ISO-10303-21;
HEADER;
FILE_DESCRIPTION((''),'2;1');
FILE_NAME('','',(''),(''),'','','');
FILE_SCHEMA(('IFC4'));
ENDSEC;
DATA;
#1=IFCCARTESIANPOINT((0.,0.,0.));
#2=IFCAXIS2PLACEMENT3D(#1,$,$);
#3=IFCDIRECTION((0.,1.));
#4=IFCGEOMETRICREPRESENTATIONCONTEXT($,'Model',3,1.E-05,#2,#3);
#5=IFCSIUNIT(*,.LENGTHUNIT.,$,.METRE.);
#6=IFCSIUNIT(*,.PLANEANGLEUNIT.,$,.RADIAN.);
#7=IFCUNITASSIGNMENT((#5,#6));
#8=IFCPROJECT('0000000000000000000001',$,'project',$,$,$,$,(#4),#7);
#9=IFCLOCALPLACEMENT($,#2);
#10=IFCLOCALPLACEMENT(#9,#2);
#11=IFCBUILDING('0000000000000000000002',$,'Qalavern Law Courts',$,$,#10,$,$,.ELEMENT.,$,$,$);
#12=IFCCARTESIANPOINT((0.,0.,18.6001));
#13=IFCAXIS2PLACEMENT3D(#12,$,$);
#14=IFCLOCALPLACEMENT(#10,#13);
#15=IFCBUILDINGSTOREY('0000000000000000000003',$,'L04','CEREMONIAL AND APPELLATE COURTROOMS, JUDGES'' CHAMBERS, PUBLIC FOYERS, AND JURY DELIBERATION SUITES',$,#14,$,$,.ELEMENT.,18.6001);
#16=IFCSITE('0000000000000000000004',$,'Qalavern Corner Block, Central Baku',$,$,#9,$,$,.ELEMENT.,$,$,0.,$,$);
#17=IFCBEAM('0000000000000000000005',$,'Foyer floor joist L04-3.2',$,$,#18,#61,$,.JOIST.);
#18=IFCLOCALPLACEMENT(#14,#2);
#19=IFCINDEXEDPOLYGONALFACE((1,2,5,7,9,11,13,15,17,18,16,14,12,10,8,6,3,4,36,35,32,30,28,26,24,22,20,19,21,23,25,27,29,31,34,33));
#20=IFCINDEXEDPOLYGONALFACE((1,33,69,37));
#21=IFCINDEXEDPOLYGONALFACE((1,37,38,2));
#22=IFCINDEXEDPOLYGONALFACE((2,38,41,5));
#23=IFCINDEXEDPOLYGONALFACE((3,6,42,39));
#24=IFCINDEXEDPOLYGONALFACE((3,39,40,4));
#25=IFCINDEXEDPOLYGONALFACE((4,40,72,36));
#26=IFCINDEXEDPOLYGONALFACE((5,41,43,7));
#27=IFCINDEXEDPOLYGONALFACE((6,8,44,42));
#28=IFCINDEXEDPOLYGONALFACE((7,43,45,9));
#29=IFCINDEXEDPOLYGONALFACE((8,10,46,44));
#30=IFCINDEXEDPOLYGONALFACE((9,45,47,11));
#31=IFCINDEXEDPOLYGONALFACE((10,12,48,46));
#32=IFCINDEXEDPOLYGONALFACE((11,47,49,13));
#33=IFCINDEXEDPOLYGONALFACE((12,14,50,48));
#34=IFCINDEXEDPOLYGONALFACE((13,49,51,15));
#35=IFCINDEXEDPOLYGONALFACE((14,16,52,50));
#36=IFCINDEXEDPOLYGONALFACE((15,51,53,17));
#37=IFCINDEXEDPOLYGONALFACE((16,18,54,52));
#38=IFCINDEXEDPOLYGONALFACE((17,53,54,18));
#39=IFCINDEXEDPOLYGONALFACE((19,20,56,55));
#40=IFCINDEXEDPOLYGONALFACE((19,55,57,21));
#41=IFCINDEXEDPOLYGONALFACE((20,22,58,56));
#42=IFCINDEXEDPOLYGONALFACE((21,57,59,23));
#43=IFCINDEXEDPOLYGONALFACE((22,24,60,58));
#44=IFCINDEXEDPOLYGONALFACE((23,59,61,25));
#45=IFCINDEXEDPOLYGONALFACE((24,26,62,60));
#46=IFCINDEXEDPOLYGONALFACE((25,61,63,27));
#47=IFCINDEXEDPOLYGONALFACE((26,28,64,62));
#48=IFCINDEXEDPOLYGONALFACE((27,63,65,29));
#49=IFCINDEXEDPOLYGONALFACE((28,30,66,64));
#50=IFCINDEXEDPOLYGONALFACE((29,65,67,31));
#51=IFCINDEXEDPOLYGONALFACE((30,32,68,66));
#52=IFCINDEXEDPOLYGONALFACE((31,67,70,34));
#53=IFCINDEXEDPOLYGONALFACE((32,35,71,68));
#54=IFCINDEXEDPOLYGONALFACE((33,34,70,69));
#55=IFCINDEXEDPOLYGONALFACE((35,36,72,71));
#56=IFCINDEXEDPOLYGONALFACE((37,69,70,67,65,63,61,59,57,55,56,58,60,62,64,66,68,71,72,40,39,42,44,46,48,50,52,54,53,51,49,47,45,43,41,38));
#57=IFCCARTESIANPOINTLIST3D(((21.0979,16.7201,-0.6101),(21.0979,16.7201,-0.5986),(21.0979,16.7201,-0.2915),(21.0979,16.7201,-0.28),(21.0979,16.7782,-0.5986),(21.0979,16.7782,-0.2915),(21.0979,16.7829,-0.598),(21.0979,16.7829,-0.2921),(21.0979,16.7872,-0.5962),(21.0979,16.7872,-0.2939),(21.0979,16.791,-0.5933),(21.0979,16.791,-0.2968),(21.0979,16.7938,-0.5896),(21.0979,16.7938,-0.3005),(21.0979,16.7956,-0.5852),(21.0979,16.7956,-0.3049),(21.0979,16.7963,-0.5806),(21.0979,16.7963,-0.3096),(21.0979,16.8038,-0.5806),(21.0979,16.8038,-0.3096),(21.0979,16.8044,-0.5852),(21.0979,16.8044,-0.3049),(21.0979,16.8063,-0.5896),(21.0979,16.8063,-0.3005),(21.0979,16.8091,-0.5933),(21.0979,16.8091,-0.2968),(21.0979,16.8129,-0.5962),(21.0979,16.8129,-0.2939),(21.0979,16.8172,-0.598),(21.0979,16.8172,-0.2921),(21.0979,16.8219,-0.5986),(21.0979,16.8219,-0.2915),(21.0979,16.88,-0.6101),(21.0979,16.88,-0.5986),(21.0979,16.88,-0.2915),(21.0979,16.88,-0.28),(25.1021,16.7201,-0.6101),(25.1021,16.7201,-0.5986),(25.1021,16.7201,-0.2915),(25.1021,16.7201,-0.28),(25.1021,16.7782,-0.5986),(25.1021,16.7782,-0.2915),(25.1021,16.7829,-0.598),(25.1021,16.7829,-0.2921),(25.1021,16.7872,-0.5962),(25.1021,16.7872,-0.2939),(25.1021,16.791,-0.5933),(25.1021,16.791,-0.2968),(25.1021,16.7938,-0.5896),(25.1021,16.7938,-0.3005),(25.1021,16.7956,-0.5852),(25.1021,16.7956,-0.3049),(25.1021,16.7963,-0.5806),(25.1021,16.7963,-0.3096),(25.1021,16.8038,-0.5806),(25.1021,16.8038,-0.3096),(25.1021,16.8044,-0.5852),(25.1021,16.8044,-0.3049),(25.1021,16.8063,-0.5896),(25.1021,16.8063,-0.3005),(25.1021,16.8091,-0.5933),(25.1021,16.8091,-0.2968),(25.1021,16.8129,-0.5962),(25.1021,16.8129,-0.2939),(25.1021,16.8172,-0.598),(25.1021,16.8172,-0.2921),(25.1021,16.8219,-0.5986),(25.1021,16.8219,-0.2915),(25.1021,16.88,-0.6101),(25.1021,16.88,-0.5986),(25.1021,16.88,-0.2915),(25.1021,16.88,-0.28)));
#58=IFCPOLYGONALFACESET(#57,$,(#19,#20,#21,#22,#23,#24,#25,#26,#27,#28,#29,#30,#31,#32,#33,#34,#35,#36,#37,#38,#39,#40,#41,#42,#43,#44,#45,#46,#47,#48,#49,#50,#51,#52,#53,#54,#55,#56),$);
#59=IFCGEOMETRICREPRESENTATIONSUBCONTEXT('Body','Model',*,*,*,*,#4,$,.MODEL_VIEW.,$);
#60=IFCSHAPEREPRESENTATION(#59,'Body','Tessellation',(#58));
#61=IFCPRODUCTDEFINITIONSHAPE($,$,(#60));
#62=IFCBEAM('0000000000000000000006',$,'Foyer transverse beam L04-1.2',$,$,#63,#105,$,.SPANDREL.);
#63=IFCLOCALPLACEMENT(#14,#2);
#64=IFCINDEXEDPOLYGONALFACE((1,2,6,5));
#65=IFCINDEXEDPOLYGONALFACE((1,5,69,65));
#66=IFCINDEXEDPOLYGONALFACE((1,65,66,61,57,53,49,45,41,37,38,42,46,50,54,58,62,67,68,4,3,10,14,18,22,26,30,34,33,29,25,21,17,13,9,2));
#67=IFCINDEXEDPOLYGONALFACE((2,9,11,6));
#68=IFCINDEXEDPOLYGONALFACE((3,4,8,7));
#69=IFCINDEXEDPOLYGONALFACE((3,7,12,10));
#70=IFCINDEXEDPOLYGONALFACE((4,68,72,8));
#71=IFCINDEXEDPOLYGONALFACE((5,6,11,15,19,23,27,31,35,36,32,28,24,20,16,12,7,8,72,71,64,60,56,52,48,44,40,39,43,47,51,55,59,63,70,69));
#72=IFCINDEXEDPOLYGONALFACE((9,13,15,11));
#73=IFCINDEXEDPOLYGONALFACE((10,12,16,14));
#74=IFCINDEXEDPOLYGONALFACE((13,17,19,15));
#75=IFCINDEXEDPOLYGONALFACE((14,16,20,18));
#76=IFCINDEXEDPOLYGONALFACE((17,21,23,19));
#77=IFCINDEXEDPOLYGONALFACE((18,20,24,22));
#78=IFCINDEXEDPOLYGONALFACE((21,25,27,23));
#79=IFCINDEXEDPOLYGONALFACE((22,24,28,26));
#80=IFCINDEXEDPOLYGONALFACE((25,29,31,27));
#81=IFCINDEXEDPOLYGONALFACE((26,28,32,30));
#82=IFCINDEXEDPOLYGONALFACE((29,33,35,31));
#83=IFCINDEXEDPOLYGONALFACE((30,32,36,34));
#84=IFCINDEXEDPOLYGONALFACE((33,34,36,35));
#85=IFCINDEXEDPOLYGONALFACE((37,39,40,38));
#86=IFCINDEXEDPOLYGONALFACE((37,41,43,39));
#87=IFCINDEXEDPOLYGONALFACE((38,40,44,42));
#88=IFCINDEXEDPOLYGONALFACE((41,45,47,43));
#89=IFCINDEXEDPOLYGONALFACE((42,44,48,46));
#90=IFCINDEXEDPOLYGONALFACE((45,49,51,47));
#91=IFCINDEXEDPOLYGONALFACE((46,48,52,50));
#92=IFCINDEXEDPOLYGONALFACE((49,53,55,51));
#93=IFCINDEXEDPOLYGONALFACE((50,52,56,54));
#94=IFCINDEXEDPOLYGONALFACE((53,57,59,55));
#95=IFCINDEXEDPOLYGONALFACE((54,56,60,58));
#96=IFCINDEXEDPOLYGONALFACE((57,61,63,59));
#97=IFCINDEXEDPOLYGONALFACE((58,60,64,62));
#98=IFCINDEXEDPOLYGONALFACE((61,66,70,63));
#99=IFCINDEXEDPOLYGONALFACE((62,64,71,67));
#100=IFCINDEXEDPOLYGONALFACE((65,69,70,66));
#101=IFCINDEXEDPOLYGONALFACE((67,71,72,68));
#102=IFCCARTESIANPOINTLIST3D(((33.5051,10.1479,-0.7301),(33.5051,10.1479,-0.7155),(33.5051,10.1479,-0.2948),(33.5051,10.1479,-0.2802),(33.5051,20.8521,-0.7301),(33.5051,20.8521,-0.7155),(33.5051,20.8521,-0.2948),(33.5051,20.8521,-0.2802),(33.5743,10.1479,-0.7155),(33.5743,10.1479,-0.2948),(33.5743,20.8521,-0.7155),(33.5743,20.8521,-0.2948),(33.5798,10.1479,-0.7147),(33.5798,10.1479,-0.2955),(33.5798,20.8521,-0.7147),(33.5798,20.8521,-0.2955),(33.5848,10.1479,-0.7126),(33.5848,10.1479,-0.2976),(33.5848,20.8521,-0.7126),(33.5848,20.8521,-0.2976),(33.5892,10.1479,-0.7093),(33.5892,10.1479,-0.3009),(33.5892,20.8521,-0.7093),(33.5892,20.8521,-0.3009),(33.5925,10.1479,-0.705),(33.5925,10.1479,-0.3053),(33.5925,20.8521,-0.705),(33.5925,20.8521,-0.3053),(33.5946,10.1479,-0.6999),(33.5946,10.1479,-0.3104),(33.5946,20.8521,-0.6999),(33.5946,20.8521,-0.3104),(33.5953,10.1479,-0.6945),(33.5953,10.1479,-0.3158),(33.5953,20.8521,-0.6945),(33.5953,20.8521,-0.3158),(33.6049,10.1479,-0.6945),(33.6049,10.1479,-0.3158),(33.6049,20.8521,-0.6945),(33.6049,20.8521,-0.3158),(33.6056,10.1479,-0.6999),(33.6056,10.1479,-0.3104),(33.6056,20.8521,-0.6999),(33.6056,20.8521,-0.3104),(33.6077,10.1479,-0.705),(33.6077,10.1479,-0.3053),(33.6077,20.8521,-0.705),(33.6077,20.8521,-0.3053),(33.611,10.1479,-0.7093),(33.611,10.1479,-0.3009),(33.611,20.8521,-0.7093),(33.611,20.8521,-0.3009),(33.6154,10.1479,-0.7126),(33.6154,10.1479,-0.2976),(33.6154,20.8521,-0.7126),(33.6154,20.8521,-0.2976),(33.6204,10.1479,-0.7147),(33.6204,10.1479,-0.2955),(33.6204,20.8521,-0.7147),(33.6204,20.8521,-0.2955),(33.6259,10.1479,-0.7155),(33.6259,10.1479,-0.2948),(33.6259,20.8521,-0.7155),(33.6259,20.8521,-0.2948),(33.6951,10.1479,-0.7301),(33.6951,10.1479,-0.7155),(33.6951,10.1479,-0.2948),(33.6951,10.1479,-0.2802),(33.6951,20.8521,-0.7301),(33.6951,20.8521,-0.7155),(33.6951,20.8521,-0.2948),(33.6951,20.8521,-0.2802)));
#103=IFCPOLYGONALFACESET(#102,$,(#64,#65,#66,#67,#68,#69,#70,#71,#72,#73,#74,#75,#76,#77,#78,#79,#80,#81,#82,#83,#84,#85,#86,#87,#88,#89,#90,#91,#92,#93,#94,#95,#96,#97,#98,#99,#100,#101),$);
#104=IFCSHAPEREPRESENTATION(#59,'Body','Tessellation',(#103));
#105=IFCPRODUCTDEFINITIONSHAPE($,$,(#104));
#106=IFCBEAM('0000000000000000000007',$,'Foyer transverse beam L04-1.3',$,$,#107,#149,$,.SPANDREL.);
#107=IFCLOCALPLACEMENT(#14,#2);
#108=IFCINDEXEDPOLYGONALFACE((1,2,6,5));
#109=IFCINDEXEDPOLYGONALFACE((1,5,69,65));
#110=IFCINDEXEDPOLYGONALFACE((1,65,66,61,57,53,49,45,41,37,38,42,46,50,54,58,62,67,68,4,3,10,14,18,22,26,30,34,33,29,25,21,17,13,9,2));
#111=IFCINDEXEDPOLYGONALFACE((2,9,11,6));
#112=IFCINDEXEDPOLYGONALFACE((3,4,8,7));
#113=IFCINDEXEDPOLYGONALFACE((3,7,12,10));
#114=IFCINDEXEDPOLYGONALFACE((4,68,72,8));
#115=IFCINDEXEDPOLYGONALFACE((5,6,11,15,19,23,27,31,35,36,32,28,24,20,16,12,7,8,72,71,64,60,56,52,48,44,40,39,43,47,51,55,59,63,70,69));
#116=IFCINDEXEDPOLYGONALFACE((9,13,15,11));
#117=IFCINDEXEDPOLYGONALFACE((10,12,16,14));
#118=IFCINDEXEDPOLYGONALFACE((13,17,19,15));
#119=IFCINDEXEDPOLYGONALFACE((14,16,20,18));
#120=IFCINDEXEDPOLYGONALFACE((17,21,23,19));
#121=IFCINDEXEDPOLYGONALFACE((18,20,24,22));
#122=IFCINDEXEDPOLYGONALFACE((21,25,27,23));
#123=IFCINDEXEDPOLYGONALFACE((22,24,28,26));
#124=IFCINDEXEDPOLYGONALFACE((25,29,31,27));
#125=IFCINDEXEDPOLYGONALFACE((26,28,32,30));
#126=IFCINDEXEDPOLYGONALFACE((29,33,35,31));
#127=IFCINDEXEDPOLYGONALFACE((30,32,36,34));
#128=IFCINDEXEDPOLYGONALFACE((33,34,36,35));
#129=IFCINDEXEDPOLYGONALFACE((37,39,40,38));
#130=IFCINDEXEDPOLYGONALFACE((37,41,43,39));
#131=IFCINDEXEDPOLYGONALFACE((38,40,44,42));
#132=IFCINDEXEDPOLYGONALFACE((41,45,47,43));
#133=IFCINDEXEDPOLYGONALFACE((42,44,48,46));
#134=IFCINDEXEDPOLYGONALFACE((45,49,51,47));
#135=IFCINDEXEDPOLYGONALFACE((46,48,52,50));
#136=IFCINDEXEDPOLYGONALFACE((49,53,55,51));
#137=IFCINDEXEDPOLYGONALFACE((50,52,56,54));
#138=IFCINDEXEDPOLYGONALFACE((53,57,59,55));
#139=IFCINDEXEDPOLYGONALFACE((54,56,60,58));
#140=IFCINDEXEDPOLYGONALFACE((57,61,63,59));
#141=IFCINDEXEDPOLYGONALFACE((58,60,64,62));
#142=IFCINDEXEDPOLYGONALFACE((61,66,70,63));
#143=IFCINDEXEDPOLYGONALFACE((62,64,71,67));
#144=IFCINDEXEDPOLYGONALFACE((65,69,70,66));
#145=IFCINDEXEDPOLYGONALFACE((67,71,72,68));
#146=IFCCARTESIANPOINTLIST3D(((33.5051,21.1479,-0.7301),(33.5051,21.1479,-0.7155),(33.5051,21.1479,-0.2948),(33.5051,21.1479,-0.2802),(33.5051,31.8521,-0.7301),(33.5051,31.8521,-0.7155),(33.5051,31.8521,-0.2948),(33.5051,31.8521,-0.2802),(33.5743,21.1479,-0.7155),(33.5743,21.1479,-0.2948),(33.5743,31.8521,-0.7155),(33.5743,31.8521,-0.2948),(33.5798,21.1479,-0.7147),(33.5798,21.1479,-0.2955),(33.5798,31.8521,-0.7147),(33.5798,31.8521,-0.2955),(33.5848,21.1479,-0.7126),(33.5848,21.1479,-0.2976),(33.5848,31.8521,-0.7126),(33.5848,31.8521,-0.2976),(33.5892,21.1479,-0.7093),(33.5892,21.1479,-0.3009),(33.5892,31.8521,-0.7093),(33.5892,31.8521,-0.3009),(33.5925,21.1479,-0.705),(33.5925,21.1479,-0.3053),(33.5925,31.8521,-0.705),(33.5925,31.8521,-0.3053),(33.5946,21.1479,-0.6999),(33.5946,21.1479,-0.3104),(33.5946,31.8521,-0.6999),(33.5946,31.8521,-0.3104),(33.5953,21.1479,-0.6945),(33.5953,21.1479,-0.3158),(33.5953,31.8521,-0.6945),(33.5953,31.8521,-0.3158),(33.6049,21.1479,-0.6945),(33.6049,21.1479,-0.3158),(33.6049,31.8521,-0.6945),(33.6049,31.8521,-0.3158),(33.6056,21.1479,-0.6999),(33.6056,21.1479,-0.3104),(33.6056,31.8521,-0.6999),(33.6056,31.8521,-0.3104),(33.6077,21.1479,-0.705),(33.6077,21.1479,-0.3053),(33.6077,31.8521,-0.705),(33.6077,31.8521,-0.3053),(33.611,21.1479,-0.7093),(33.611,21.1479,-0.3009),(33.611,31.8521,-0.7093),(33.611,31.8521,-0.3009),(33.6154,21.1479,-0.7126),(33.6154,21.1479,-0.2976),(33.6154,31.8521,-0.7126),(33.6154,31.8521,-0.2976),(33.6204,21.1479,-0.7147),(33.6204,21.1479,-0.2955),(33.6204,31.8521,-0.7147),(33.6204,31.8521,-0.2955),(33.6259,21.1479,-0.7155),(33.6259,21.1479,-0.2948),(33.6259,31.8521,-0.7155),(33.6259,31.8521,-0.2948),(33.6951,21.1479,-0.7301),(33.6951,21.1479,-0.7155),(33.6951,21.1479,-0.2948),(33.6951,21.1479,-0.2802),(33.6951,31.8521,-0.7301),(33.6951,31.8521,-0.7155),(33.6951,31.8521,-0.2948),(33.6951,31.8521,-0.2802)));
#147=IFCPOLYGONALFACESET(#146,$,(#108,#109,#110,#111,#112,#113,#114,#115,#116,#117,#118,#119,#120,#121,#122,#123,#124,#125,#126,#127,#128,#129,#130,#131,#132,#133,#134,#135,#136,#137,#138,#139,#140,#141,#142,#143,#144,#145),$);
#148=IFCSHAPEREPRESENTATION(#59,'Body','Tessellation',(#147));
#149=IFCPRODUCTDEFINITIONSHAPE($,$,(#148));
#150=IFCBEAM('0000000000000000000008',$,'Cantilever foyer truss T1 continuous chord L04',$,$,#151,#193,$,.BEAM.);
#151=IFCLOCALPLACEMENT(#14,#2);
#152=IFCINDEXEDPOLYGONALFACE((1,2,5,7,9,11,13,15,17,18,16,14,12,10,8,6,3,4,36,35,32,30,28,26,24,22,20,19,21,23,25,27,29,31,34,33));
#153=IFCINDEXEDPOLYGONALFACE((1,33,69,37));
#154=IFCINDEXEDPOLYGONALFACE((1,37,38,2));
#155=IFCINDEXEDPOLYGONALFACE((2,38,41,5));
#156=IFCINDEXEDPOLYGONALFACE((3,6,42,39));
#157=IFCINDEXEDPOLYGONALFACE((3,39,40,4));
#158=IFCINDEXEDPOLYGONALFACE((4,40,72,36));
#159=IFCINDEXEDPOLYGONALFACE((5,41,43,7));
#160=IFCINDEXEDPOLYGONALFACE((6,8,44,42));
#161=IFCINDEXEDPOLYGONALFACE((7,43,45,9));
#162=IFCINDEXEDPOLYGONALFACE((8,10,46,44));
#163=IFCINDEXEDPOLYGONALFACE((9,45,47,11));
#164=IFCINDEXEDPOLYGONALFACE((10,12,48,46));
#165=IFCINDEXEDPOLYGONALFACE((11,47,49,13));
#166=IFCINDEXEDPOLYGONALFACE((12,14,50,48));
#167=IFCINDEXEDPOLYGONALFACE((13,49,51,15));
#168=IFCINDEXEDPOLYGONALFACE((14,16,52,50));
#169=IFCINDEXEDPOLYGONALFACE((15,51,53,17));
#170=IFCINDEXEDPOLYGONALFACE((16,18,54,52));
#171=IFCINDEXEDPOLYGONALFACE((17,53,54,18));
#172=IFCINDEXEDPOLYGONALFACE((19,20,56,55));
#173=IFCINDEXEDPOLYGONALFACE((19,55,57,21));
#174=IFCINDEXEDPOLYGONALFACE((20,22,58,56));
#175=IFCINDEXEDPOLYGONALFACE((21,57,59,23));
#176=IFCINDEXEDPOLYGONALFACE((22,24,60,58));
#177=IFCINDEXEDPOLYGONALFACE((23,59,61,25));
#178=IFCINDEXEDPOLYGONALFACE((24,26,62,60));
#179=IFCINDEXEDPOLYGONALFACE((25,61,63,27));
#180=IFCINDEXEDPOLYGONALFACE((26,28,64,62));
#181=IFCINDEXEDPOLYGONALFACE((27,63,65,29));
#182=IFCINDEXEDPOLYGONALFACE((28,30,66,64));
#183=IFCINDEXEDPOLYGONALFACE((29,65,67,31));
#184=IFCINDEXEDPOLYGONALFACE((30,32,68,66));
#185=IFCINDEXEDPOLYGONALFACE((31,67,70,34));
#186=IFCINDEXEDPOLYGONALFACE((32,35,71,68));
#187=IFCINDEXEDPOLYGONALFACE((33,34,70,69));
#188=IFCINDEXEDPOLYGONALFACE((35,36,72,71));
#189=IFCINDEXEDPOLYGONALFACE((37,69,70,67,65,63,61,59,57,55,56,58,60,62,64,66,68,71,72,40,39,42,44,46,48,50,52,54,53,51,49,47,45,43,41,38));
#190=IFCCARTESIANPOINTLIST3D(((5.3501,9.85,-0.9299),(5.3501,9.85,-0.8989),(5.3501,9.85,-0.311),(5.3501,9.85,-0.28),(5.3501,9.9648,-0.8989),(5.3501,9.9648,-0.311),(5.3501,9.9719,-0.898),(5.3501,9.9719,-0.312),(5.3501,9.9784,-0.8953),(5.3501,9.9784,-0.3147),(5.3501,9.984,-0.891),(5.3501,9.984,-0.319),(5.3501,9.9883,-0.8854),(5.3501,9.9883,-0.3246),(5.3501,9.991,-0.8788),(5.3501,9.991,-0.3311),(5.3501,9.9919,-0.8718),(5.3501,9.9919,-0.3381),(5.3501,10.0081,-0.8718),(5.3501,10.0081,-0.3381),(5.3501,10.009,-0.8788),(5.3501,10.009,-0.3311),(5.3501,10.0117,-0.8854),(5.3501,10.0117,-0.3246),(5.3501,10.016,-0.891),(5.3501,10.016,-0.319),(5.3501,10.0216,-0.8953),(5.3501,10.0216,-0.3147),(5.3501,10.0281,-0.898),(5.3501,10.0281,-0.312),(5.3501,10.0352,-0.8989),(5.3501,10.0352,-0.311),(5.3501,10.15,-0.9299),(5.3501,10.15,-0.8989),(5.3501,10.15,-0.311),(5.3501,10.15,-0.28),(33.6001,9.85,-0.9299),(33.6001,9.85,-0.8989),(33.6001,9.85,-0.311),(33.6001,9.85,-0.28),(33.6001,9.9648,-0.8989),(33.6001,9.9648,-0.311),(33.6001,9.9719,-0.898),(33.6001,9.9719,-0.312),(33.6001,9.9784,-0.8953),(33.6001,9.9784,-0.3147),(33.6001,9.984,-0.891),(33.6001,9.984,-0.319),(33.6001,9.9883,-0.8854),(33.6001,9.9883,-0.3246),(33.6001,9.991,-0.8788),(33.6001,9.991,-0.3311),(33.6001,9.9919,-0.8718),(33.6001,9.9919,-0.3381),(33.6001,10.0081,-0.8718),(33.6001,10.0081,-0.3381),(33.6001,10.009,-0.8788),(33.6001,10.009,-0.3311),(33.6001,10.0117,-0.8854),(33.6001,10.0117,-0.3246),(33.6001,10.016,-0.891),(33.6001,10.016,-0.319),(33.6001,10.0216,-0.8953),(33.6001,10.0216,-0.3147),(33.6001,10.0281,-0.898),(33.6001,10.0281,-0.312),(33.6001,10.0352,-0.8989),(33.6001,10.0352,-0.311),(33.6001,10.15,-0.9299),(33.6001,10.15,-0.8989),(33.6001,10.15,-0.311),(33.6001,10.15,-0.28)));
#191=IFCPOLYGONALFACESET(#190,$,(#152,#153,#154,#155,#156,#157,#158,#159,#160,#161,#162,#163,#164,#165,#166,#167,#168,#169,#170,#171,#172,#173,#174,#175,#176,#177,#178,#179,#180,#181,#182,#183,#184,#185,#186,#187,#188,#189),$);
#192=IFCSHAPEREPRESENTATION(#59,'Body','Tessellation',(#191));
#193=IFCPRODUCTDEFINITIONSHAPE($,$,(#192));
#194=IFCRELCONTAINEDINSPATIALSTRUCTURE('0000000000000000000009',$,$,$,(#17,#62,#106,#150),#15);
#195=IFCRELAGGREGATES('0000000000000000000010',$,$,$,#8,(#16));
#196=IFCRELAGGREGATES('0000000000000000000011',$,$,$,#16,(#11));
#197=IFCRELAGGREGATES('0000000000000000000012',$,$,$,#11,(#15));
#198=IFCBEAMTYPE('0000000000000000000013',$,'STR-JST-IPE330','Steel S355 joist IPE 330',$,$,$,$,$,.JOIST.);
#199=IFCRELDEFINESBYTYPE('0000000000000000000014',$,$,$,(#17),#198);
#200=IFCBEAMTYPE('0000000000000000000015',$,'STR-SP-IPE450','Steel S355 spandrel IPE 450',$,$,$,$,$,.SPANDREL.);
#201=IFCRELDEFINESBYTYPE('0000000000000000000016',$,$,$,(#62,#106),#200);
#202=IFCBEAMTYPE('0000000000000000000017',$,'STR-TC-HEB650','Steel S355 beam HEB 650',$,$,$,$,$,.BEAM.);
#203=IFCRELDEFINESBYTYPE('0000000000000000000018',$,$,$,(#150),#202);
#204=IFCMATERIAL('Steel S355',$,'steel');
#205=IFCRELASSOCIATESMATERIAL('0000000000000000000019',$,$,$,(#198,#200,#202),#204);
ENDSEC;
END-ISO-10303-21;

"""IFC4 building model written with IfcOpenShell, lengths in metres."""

from ifc_helpers import new_model, si_unit, direction, frame, origin, origin_2d, place, context, subcontext, project, spatial, i_section, extrude, material, material_profile, profile_set, type_object, element, save


model = new_model("IFC4")

# Units and contexts
model_context = context("Model", 3, precision=1e-05, world=origin(), true_north=direction((0.0, 1.0)))
body_context = subcontext(model_context, "Body", "Model", "MODEL_VIEW")
ifc_project = project(units=[si_unit("LENGTHUNIT", "METRE"), si_unit("PLANEANGLEUNIT", "RADIAN")], contexts=[model_context])

# Site, building, storey
site_placement = place(None, origin())
site = spatial("IfcSite", under=ifc_project, at=site_placement, Name="Qalavern Corner Block, Central Baku", CompositionType="ELEMENT", RefElevation=0.0)
building_placement = place(site_placement, origin())
building = spatial("IfcBuilding", under=site, at=building_placement, Name="Qalavern Law Courts", CompositionType="ELEMENT")
storey_placement = place(building_placement, frame((0.0, 0.0, 18.6001)))
storey = spatial("IfcBuildingStorey", under=building, at=storey_placement, Name="L04", Description="CEREMONIAL AND APPELLATE COURTROOMS, JUDGES' CHAMBERS, PUBLIC FOYERS, AND JURY DELIBERATION SUITES", CompositionType="ELEMENT", Elevation=18.6001)

# Shared definitions
ifc_material_1 = material(Name="Steel S355", Category="steel")

# Beams
ifc_material_profile_1 = material_profile(ifc_material_1, i_section(OverallWidth=0.1599, OverallDepth=0.3301, WebThickness=0.0076, FlangeThickness=0.0115, FilletRadius=0.0181, at=origin_2d()), Name="IPE 330")
ifc_profile_set_1 = profile_set([ifc_material_profile_1], Name="Steel S355")
beam_type_1 = type_object("IfcBeamType", Name="STR-JST-IPE330", Description="Steel S355 joist IPE 330", PredefinedType="JOIST", material=ifc_profile_set_1)
for number, where, z_axis, x_axis, name in (
    (1, (21.0979, 16.8, -0.4451), (1.0, 0.0, 0.0), (0.0, 1.0, 0.0), "Foyer floor joist L04-3.2"),
):
    element("IfcBeam", number, at=place(storey_placement, frame(where, z_axis=z_axis, x_axis=x_axis)), inside=storey, type_object=beam_type_1, Name=name, PredefinedType="JOIST", context=body_context, shape_type="SweptSolid", body=[
        extrude(i_section(OverallWidth=0.1599, OverallDepth=0.3301, WebThickness=0.0076, FlangeThickness=0.0115, FilletRadius=0.0181, at=origin_2d()), origin(), (0.0, 0.0, 1.0), 4.0042),
    ])
ifc_material_profile_2 = material_profile(ifc_material_1, i_section(OverallWidth=0.1899, OverallDepth=0.45, WebThickness=0.0095, FlangeThickness=0.0146, FilletRadius=0.021, at=origin_2d()), Name="IPE 450")
ifc_profile_set_2 = profile_set([ifc_material_profile_2], Name="Steel S355")
beam_type_2 = type_object("IfcBeamType", Name="STR-SP-IPE450", Description="Steel S355 spandrel IPE 450", PredefinedType="SPANDREL", material=ifc_profile_set_2)
for number, where, z_axis, x_axis, name in (
    (2, (33.6001, 10.1479, -0.5051), (0.0, 1.0, 0.0), (-1.0, 0.0, 0.0), "Foyer transverse beam L04-1.2"),
    (3, (33.6001, 21.1479, -0.5051), (0.0, 1.0, 0.0), (-1.0, 0.0, 0.0), "Foyer transverse beam L04-1.3"),
):
    element("IfcBeam", number, at=place(storey_placement, frame(where, z_axis=z_axis, x_axis=x_axis)), inside=storey, type_object=beam_type_2, Name=name, PredefinedType="SPANDREL", context=body_context, shape_type="SweptSolid", body=[
        extrude(i_section(OverallWidth=0.1899, OverallDepth=0.45, WebThickness=0.0095, FlangeThickness=0.0146, FilletRadius=0.021, at=origin_2d()), origin(), (0.0, 0.0, 1.0), 10.7041),
    ])
ifc_material_profile_3 = material_profile(ifc_material_1, i_section(OverallWidth=0.3, OverallDepth=0.6499, WebThickness=0.0161, FlangeThickness=0.031, FilletRadius=0.0271, at=origin_2d()), Name="HEB 650")
ifc_profile_set_3 = profile_set([ifc_material_profile_3], Name="Steel S355")
beam_type_3 = type_object("IfcBeamType", Name="STR-TC-HEB650", Description="Steel S355 beam HEB 650", PredefinedType="BEAM", material=ifc_profile_set_3)
for number, where, z_axis, x_axis, name in (
    (4, (33.6001, 10.0, -0.605), (-1.0, 0.0, 0.0), (0.0, -1.0, 0.0), "Cantilever foyer truss T1 continuous chord L04"),
):
    element("IfcBeam", number, at=place(storey_placement, frame(where, z_axis=z_axis, x_axis=x_axis)), inside=storey, type_object=beam_type_3, Name=name, PredefinedType="BEAM", context=body_context, shape_type="SweptSolid", body=[
        extrude(i_section(OverallWidth=0.3, OverallDepth=0.6499, WebThickness=0.0161, FlangeThickness=0.031, FilletRadius=0.0271, at=origin_2d()), origin(), (0.0, 0.0, 1.0), 28.25),
    ])

save(model, "model.ifc")
